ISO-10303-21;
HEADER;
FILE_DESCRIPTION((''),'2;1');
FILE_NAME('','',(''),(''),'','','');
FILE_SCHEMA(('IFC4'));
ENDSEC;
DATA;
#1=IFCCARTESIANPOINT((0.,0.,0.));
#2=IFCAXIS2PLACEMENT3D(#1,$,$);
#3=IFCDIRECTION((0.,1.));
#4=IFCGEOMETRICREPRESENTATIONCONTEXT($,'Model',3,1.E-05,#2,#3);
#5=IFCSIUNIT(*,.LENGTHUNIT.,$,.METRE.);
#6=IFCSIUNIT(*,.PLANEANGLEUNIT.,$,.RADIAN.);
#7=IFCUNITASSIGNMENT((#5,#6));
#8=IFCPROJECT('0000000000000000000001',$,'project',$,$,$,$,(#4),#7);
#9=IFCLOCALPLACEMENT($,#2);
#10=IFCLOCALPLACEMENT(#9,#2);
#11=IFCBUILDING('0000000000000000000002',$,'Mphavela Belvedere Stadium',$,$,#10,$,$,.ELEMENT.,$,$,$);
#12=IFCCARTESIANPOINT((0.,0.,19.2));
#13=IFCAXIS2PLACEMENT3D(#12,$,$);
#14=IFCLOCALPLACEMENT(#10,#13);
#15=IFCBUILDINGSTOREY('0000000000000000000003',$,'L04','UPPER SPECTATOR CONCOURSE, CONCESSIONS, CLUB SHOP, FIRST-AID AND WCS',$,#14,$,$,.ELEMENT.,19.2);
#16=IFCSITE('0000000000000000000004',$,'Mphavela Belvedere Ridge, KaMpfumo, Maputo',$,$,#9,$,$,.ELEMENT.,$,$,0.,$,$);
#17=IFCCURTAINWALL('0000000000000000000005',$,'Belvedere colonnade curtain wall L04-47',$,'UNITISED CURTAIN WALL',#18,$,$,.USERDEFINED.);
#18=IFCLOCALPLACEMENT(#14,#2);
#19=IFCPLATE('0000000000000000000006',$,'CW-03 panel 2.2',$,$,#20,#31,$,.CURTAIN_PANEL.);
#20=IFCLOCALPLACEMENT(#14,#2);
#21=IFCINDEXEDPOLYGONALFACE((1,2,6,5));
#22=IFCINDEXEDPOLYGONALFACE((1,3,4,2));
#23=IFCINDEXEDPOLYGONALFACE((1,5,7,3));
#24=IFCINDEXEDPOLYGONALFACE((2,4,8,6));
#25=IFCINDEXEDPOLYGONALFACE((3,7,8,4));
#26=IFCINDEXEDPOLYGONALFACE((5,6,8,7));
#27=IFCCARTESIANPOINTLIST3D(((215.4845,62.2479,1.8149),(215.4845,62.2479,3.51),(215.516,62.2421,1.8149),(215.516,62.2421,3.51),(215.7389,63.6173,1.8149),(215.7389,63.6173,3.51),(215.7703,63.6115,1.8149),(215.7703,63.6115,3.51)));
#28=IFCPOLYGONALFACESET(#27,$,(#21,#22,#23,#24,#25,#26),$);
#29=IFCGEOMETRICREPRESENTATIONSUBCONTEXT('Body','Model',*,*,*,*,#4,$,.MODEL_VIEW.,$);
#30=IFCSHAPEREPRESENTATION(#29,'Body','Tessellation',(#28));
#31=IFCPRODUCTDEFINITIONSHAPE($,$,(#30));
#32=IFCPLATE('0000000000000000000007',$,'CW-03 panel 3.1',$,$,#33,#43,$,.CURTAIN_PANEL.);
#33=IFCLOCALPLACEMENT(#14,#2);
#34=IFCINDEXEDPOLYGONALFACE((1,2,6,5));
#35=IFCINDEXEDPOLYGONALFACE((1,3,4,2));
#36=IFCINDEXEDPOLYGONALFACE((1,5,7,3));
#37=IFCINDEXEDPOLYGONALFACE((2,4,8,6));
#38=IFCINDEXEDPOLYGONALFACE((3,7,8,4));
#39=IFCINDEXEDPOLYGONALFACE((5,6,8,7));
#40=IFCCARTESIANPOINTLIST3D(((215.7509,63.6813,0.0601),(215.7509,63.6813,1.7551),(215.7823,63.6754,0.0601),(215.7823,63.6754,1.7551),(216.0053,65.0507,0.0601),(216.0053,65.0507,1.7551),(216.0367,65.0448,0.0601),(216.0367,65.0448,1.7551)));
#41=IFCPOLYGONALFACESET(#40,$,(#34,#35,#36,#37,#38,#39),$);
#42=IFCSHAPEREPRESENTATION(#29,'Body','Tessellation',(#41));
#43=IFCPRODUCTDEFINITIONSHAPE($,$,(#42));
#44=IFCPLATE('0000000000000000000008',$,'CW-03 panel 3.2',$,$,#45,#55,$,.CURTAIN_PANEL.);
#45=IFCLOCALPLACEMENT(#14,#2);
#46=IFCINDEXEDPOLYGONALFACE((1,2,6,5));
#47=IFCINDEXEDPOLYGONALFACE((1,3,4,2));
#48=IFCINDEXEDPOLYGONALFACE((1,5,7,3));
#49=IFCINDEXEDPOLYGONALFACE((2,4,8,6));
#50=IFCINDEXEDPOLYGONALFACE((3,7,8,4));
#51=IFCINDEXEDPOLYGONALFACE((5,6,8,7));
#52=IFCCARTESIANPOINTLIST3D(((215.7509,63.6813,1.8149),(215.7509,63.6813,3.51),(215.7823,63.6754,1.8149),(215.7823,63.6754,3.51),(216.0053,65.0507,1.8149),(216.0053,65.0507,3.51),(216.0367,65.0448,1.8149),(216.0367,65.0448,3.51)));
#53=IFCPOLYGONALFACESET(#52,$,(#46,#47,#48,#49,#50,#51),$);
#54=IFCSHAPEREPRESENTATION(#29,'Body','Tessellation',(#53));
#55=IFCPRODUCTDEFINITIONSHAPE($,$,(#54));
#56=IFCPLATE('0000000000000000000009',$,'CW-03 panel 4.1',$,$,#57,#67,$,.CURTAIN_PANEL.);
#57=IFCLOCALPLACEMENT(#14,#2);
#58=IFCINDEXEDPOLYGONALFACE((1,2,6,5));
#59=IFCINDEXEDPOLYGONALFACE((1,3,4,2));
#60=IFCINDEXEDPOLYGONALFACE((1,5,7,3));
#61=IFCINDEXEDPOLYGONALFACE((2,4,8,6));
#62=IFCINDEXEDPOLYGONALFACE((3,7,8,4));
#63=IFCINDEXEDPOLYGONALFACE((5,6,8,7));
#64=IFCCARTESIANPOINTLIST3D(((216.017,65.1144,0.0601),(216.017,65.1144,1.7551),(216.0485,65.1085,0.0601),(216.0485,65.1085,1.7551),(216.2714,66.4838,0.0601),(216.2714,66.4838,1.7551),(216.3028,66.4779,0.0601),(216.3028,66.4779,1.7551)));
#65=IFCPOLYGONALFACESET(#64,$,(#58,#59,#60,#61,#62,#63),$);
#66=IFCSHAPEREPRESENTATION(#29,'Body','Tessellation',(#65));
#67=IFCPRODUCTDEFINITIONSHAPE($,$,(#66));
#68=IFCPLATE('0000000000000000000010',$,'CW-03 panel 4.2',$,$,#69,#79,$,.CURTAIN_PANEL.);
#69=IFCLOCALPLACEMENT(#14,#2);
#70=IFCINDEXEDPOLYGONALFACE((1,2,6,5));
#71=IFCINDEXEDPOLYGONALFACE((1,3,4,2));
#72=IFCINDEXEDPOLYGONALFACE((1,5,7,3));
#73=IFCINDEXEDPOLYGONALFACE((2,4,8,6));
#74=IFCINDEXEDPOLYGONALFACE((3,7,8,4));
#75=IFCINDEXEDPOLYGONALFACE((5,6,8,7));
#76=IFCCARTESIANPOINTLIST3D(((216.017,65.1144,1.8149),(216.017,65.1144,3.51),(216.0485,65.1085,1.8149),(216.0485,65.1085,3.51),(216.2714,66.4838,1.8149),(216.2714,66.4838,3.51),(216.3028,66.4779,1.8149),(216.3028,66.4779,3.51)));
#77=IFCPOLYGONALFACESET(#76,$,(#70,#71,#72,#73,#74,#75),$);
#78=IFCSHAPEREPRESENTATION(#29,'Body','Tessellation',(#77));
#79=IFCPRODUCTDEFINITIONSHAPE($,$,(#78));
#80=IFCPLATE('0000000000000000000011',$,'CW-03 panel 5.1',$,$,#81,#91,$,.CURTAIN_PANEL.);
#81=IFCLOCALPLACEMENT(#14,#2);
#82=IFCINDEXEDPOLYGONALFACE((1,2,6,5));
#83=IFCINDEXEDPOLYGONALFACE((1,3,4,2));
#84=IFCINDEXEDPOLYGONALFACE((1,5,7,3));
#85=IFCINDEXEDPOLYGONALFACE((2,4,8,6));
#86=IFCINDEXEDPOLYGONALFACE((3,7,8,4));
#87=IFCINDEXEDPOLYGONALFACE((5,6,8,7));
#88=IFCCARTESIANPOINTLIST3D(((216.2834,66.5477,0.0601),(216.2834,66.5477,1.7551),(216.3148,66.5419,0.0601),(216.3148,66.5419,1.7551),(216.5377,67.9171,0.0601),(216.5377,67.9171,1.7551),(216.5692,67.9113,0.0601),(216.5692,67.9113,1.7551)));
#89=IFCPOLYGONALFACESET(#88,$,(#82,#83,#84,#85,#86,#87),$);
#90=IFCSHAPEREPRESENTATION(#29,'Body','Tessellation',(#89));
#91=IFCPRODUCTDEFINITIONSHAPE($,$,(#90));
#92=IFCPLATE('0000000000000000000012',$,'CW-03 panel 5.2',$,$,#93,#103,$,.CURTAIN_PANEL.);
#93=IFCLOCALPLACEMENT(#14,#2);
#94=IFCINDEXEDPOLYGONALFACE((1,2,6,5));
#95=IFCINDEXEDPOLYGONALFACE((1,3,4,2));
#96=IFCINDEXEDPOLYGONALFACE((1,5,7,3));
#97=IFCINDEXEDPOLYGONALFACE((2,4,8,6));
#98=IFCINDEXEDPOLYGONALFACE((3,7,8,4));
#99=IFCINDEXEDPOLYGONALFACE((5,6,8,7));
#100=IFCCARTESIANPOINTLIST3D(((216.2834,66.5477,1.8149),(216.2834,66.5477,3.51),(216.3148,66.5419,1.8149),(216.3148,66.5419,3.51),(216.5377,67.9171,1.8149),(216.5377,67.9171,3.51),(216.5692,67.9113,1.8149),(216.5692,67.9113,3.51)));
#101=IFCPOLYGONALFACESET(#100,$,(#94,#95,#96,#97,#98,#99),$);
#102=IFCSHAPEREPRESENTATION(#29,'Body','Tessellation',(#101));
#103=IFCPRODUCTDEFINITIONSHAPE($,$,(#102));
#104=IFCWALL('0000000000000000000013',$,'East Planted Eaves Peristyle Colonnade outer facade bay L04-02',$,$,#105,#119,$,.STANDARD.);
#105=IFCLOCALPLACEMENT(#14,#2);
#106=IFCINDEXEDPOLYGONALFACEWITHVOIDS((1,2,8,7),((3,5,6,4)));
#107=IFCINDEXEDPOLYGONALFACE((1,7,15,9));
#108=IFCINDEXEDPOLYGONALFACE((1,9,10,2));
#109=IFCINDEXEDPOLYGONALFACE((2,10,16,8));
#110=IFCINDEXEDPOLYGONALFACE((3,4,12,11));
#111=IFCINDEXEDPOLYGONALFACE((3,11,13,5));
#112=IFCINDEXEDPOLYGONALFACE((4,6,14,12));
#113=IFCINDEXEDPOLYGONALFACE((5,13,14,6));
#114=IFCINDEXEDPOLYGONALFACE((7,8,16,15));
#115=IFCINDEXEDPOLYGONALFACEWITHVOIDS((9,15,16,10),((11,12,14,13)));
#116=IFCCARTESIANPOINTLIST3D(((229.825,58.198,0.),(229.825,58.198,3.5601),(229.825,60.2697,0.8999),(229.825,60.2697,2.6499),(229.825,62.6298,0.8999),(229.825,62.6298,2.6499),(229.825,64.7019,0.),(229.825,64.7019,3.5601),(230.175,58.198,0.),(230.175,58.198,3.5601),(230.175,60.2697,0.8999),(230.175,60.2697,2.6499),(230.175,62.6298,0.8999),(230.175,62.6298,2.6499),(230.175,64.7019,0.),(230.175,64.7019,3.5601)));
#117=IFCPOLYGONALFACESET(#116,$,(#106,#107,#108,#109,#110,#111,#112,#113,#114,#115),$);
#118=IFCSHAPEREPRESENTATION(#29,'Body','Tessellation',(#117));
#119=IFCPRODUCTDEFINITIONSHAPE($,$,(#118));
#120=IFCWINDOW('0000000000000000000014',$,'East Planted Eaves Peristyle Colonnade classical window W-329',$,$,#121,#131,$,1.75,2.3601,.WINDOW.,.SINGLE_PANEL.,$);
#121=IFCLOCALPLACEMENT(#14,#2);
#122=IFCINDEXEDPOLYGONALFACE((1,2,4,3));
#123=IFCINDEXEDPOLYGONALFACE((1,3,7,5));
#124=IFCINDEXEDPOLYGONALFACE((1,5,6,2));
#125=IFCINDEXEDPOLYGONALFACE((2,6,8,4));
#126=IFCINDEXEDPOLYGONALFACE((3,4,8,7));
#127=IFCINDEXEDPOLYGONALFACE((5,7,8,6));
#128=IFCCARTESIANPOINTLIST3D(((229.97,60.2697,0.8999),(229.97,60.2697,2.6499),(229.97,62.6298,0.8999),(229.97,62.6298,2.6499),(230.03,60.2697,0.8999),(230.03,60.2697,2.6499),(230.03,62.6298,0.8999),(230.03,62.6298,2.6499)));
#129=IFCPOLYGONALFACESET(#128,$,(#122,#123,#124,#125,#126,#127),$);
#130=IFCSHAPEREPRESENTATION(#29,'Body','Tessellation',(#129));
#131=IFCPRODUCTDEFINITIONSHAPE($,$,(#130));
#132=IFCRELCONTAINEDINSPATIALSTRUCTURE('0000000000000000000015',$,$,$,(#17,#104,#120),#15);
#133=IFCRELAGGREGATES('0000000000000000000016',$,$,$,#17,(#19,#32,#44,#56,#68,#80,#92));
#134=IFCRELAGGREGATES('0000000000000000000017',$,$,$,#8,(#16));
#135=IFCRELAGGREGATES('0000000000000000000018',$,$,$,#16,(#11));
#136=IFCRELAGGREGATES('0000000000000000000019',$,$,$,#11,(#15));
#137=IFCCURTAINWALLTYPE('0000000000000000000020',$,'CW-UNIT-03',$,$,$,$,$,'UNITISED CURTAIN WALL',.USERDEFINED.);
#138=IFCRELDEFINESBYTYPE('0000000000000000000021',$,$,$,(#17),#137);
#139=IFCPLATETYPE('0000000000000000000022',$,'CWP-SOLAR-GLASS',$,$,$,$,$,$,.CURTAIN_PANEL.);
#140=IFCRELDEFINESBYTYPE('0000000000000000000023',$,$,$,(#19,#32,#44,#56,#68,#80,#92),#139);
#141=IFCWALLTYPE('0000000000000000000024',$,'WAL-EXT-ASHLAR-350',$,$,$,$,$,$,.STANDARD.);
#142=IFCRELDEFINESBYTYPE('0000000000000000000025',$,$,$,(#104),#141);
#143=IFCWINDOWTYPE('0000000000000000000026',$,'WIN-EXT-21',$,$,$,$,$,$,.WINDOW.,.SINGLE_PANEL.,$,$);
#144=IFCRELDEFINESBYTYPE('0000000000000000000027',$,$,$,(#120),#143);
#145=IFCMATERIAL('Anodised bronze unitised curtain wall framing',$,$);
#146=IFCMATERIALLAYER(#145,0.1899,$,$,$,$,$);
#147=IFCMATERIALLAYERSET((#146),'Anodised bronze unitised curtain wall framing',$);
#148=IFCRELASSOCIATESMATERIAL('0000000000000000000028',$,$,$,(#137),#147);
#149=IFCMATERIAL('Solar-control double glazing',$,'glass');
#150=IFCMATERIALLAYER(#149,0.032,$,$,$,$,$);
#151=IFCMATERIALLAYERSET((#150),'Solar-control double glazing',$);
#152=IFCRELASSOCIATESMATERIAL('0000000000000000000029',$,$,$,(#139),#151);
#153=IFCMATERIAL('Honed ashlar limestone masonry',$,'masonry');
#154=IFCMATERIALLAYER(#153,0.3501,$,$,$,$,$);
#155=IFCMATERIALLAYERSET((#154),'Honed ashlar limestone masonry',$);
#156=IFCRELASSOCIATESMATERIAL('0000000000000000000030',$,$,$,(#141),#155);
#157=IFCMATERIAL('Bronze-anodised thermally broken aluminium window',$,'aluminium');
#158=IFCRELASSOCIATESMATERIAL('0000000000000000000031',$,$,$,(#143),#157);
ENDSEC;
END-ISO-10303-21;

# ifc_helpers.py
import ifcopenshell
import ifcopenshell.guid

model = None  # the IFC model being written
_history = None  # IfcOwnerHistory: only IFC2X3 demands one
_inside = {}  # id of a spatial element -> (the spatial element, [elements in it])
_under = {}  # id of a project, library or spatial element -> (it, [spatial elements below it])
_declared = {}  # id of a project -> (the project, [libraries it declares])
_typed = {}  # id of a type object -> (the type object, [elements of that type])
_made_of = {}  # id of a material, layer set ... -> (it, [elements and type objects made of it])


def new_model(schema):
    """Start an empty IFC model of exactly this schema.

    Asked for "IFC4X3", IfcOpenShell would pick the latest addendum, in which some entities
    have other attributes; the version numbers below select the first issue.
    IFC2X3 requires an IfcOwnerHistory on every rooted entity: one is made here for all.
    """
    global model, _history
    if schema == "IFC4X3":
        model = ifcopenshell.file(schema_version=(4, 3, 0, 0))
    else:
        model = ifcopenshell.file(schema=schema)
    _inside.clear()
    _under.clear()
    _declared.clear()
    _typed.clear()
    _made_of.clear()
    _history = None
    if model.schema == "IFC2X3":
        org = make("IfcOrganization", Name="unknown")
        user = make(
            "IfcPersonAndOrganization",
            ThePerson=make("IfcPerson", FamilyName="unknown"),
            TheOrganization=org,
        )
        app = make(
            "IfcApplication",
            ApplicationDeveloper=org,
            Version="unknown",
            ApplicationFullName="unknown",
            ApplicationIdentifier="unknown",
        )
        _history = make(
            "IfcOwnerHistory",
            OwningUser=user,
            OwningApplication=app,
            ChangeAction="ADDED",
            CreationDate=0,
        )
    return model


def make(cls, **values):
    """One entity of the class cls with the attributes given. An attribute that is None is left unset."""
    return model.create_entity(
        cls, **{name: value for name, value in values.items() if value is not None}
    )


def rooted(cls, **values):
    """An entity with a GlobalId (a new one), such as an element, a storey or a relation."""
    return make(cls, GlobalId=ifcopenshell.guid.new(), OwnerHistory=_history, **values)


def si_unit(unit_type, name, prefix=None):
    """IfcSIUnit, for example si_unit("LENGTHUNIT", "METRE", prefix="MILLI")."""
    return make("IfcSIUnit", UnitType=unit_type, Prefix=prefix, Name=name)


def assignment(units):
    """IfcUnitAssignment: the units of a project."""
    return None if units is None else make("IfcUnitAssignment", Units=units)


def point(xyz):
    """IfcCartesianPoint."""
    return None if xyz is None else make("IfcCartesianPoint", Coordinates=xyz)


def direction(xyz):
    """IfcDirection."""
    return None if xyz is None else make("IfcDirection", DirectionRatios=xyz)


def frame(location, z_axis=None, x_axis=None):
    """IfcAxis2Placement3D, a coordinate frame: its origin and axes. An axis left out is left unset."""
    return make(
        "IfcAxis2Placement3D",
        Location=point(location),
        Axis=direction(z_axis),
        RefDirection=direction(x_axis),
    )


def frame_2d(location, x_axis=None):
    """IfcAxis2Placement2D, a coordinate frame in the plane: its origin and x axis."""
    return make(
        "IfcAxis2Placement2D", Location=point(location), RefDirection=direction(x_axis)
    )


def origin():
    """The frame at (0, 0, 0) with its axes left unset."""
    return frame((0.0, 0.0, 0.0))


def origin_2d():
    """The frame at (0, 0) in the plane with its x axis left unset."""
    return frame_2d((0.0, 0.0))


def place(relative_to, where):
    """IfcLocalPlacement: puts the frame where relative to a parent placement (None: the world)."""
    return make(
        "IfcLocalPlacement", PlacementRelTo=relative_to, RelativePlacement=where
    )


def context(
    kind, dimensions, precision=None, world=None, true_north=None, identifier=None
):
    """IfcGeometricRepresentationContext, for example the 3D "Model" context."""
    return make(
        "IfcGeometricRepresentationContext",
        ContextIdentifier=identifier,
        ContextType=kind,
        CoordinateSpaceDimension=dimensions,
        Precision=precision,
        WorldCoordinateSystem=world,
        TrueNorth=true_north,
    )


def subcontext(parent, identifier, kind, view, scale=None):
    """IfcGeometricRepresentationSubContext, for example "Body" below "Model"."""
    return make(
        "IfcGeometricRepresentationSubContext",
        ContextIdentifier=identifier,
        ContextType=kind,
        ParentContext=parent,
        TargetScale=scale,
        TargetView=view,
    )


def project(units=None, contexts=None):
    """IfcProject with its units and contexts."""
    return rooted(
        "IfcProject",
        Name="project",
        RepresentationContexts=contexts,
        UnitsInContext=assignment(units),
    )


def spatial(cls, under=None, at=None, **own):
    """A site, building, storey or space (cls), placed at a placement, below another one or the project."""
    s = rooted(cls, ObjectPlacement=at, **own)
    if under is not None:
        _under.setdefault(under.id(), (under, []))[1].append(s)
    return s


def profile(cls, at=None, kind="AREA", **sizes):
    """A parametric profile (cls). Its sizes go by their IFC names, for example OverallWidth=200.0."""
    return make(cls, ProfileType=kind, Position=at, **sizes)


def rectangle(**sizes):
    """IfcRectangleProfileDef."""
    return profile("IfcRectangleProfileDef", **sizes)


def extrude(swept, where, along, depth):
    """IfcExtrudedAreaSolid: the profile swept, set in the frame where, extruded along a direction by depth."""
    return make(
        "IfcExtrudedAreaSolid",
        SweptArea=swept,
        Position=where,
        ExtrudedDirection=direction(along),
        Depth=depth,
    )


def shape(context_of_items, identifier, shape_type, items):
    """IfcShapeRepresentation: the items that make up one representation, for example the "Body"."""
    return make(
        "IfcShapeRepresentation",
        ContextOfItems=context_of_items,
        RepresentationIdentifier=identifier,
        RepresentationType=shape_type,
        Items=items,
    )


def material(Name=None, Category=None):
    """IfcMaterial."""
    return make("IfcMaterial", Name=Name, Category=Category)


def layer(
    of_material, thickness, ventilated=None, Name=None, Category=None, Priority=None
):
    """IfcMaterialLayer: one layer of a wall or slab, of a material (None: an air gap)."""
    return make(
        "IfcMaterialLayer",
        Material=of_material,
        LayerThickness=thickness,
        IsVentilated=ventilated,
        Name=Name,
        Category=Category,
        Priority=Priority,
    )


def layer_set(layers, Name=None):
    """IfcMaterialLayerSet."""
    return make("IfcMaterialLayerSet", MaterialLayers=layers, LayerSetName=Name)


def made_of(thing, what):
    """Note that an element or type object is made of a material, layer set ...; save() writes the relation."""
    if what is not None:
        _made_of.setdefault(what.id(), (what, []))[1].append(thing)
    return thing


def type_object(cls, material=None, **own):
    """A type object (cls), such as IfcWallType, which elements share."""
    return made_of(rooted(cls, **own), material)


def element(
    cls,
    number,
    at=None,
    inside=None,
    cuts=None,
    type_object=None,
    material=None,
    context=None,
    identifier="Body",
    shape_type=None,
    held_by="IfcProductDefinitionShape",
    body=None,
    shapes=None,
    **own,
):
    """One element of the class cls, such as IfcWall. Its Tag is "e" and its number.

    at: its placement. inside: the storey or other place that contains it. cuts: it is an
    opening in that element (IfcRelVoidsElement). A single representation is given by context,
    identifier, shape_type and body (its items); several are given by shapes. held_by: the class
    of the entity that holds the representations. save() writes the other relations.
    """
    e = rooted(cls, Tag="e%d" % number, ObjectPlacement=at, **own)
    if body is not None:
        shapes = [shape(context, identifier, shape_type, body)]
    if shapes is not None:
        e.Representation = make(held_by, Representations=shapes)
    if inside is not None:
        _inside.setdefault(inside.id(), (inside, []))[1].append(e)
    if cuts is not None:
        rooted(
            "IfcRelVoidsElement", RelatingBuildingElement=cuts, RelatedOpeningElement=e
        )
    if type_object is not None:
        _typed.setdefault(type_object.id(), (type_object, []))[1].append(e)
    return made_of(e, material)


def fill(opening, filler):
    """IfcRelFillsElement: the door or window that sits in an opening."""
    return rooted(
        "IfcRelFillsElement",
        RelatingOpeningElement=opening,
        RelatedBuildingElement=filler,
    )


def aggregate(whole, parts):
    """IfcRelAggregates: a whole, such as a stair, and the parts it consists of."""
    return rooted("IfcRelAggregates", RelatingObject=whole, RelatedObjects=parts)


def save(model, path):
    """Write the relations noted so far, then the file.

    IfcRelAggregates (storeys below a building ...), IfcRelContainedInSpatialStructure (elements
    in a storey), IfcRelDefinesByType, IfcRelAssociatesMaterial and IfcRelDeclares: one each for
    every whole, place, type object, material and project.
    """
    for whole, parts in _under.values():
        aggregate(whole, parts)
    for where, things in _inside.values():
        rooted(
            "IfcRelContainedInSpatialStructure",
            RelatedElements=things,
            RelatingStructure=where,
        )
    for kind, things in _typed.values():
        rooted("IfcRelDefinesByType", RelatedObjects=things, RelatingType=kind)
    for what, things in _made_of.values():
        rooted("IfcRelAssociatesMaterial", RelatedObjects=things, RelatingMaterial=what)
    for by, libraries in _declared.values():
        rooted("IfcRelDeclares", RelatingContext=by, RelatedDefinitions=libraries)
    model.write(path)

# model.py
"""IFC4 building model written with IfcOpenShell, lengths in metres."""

from ifc_helpers import new_model, si_unit, direction, frame, frame_2d, origin, origin_2d, place, context, subcontext, project, spatial, rectangle, extrude, material, layer, layer_set, type_object, element, fill, aggregate, save


model = new_model("IFC4")

# Units and contexts
model_context = context("Model", 3, precision=1e-05, world=origin(), true_north=direction((0.0, 1.0)))
body_context = subcontext(model_context, "Body", "Model", "MODEL_VIEW")
ifc_project = project(units=[si_unit("LENGTHUNIT", "METRE"), si_unit("PLANEANGLEUNIT", "RADIAN")], contexts=[model_context])

# Site, building, storey
site_placement = place(None, origin())
site = spatial("IfcSite", under=ifc_project, at=site_placement, Name="Mphavela Belvedere Ridge, KaMpfumo, Maputo", CompositionType="ELEMENT", RefElevation=0.0)
building_placement = place(site_placement, origin())
building = spatial("IfcBuilding", under=site, at=building_placement, Name="Mphavela Belvedere Stadium", CompositionType="ELEMENT")
storey_placement = place(building_placement, frame((0.0, 0.0, 19.2)))
storey = spatial("IfcBuildingStorey", under=building, at=storey_placement, Name="L04", Description="UPPER SPECTATOR CONCOURSE, CONCESSIONS, CLUB SHOP, FIRST-AID AND WCS", CompositionType="ELEMENT", Elevation=19.2)

# Curtain wall, plates
ifc_material_1 = material(Name="Anodised bronze unitised curtain wall framing")
ifc_layer_1 = layer(ifc_material_1, 0.1899)
ifc_layer_set_1 = layer_set([ifc_layer_1], Name="Anodised bronze unitised curtain wall framing")
curtain_wall_type = type_object("IfcCurtainWallType", Name="CW-UNIT-03", ElementType="UNITISED CURTAIN WALL", PredefinedType="USERDEFINED", material=ifc_layer_set_1)
curtain_wall_placement = place(storey_placement, origin())
curtain_wall = element("IfcCurtainWall", 1, at=curtain_wall_placement, inside=storey, type_object=curtain_wall_type, Name="Belvedere colonnade curtain wall L04-47", ObjectType="UNITISED CURTAIN WALL", PredefinedType="USERDEFINED")
ifc_material_2 = material(Name="Solar-control double glazing", Category="glass")
ifc_layer_2 = layer(ifc_material_2, 0.032)
ifc_layer_set_2 = layer_set([ifc_layer_2], Name="Solar-control double glazing")
plate_type = type_object("IfcPlateType", Name="CWP-SOLAR-GLASS", PredefinedType="CURTAIN_PANEL", material=ifc_layer_set_2)
plate_1_placement = place(storey_placement, frame((215.6274, 62.9297, 1.8149), z_axis=(0.0, 0.0, 1.0), x_axis=(0.182618, 0.983184, 0.0)))
plate_1 = element("IfcPlate", 2, at=plate_1_placement, type_object=plate_type, Name="CW-03 panel 2.2", PredefinedType="CURTAIN_PANEL", context=body_context, shape_type="SweptSolid", body=[
    extrude(rectangle(XDim=1.3928, YDim=0.032, at=origin_2d()), origin(), (0.0, 0.0, 1.0), 1.6951),
])
plate_2_placement = place(storey_placement, frame((215.8938, 64.363, 0.0601), z_axis=(0.0, 0.0, 1.0), x_axis=(0.182618, 0.983184, 0.0)))
plate_2 = element("IfcPlate", 3, at=plate_2_placement, type_object=plate_type, Name="CW-03 panel 3.1", PredefinedType="CURTAIN_PANEL", context=body_context, shape_type="SweptSolid", body=[
    extrude(rectangle(XDim=1.3928, YDim=0.032, at=origin_2d()), origin(), (0.0, 0.0, 1.0), 1.6951),
])
plate_3_placement = place(storey_placement, frame((215.8938, 64.363, 1.8149), z_axis=(0.0, 0.0, 1.0), x_axis=(0.182618, 0.983184, 0.0)))
plate_3 = element("IfcPlate", 4, at=plate_3_placement, type_object=plate_type, Name="CW-03 panel 3.2", PredefinedType="CURTAIN_PANEL", context=body_context, shape_type="SweptSolid", body=[
    extrude(rectangle(XDim=1.3928, YDim=0.032, at=origin_2d()), origin(), (0.0, 0.0, 1.0), 1.6951),
])
plate_4_placement = place(storey_placement, frame((216.1599, 65.7961, 0.0601), z_axis=(0.0, 0.0, 1.0), x_axis=(0.182618, 0.983184, 0.0)))
plate_4 = element("IfcPlate", 5, at=plate_4_placement, type_object=plate_type, Name="CW-03 panel 4.1", PredefinedType="CURTAIN_PANEL", context=body_context, shape_type="SweptSolid", body=[
    extrude(rectangle(XDim=1.3928, YDim=0.032, at=origin_2d()), origin(), (0.0, 0.0, 1.0), 1.6951),
])
plate_5_placement = place(storey_placement, frame((216.1599, 65.7961, 1.8149), z_axis=(0.0, 0.0, 1.0), x_axis=(0.182618, 0.983184, 0.0)))
plate_5 = element("IfcPlate", 6, at=plate_5_placement, type_object=plate_type, Name="CW-03 panel 4.2", PredefinedType="CURTAIN_PANEL", context=body_context, shape_type="SweptSolid", body=[
    extrude(rectangle(XDim=1.3928, YDim=0.032, at=origin_2d()), origin(), (0.0, 0.0, 1.0), 1.6951),
])
plate_6_placement = place(storey_placement, frame((216.4263, 67.2295, 0.0601), z_axis=(0.0, 0.0, 1.0), x_axis=(0.182618, 0.983184, 0.0)))
plate_6 = element("IfcPlate", 7, at=plate_6_placement, type_object=plate_type, Name="CW-03 panel 5.1", PredefinedType="CURTAIN_PANEL", context=body_context, shape_type="SweptSolid", body=[
    extrude(rectangle(XDim=1.3928, YDim=0.032, at=origin_2d()), origin(), (0.0, 0.0, 1.0), 1.6951),
])
plate_7_placement = place(storey_placement, frame((216.4263, 67.2295, 1.8149), z_axis=(0.0, 0.0, 1.0), x_axis=(0.182618, 0.983184, 0.0)))
plate_7 = element("IfcPlate", 8, at=plate_7_placement, type_object=plate_type, Name="CW-03 panel 5.2", PredefinedType="CURTAIN_PANEL", context=body_context, shape_type="SweptSolid", body=[
    extrude(rectangle(XDim=1.3928, YDim=0.032, at=origin_2d()), origin(), (0.0, 0.0, 1.0), 1.6951),
])
aggregate(curtain_wall, [plate_1, plate_2, plate_3, plate_4, plate_5, plate_6, plate_7])

# Wall, opening, window
ifc_material_3 = material(Name="Honed ashlar limestone masonry", Category="masonry")
ifc_layer_3 = layer(ifc_material_3, 0.3501)
ifc_layer_set_3 = layer_set([ifc_layer_3], Name="Honed ashlar limestone masonry")
wall_type = type_object("IfcWallType", Name="WAL-EXT-ASHLAR-350", PredefinedType="STANDARD", material=ifc_layer_set_3)
wall_placement = place(storey_placement, frame((230.0, 64.7019, 0.0), z_axis=(0.0, 0.0, 1.0), x_axis=(0.0, -1.0, 0.0)))
wall = element("IfcWall", 9, at=wall_placement, inside=storey, type_object=wall_type, Name="East Planted Eaves Peristyle Colonnade outer facade bay L04-02", PredefinedType="STANDARD", context=body_context, shape_type="SweptSolid", body=[
    extrude(rectangle(XDim=6.5039, YDim=0.3501, at=frame_2d((3.252, 0.0))), origin(), (0.0, 0.0, 1.0), 3.5601),
])
opening_placement = place(wall_placement, frame((2.072, 0.0, 0.8999)))
opening = element("IfcOpeningElement", 10, at=opening_placement, cuts=wall, PredefinedType="OPENING", context=body_context, shape_type="SweptSolid", body=[
    extrude(rectangle(XDim=2.3601, YDim=1.75, at=frame_2d((1.1802, 0.875))), frame((0.0, 0.1851, 0.0), z_axis=(0.0, -1.0, 0.0), x_axis=(1.0, 0.0, 0.0)), (0.0, 0.0, 1.0), 0.3701),
])
ifc_material_4 = material(Name="Bronze-anodised thermally broken aluminium window", Category="aluminium")
window_type = type_object("IfcWindowType", Name="WIN-EXT-21", PartitioningType="SINGLE_PANEL", PredefinedType="WINDOW", material=ifc_material_4)
window_placement = place(opening_placement, origin())
window = element("IfcWindow", 11, at=window_placement, inside=storey, type_object=window_type, Name="East Planted Eaves Peristyle Colonnade classical window W-329", OverallHeight=1.75, OverallWidth=2.3601, PartitioningType="SINGLE_PANEL", PredefinedType="WINDOW", context=body_context, shape_type="SweptSolid", body=[
    extrude(rectangle(XDim=2.3601, YDim=1.75, at=frame_2d((1.1802, 0.875))), frame((0.0, 0.03, 0.0), z_axis=(0.0, -1.0, 0.0), x_axis=(1.0, 0.0, 0.0)), (0.0, 0.0, 1.0), 0.0601),
])
fill(opening, window)

save(model, "model.ifc")
